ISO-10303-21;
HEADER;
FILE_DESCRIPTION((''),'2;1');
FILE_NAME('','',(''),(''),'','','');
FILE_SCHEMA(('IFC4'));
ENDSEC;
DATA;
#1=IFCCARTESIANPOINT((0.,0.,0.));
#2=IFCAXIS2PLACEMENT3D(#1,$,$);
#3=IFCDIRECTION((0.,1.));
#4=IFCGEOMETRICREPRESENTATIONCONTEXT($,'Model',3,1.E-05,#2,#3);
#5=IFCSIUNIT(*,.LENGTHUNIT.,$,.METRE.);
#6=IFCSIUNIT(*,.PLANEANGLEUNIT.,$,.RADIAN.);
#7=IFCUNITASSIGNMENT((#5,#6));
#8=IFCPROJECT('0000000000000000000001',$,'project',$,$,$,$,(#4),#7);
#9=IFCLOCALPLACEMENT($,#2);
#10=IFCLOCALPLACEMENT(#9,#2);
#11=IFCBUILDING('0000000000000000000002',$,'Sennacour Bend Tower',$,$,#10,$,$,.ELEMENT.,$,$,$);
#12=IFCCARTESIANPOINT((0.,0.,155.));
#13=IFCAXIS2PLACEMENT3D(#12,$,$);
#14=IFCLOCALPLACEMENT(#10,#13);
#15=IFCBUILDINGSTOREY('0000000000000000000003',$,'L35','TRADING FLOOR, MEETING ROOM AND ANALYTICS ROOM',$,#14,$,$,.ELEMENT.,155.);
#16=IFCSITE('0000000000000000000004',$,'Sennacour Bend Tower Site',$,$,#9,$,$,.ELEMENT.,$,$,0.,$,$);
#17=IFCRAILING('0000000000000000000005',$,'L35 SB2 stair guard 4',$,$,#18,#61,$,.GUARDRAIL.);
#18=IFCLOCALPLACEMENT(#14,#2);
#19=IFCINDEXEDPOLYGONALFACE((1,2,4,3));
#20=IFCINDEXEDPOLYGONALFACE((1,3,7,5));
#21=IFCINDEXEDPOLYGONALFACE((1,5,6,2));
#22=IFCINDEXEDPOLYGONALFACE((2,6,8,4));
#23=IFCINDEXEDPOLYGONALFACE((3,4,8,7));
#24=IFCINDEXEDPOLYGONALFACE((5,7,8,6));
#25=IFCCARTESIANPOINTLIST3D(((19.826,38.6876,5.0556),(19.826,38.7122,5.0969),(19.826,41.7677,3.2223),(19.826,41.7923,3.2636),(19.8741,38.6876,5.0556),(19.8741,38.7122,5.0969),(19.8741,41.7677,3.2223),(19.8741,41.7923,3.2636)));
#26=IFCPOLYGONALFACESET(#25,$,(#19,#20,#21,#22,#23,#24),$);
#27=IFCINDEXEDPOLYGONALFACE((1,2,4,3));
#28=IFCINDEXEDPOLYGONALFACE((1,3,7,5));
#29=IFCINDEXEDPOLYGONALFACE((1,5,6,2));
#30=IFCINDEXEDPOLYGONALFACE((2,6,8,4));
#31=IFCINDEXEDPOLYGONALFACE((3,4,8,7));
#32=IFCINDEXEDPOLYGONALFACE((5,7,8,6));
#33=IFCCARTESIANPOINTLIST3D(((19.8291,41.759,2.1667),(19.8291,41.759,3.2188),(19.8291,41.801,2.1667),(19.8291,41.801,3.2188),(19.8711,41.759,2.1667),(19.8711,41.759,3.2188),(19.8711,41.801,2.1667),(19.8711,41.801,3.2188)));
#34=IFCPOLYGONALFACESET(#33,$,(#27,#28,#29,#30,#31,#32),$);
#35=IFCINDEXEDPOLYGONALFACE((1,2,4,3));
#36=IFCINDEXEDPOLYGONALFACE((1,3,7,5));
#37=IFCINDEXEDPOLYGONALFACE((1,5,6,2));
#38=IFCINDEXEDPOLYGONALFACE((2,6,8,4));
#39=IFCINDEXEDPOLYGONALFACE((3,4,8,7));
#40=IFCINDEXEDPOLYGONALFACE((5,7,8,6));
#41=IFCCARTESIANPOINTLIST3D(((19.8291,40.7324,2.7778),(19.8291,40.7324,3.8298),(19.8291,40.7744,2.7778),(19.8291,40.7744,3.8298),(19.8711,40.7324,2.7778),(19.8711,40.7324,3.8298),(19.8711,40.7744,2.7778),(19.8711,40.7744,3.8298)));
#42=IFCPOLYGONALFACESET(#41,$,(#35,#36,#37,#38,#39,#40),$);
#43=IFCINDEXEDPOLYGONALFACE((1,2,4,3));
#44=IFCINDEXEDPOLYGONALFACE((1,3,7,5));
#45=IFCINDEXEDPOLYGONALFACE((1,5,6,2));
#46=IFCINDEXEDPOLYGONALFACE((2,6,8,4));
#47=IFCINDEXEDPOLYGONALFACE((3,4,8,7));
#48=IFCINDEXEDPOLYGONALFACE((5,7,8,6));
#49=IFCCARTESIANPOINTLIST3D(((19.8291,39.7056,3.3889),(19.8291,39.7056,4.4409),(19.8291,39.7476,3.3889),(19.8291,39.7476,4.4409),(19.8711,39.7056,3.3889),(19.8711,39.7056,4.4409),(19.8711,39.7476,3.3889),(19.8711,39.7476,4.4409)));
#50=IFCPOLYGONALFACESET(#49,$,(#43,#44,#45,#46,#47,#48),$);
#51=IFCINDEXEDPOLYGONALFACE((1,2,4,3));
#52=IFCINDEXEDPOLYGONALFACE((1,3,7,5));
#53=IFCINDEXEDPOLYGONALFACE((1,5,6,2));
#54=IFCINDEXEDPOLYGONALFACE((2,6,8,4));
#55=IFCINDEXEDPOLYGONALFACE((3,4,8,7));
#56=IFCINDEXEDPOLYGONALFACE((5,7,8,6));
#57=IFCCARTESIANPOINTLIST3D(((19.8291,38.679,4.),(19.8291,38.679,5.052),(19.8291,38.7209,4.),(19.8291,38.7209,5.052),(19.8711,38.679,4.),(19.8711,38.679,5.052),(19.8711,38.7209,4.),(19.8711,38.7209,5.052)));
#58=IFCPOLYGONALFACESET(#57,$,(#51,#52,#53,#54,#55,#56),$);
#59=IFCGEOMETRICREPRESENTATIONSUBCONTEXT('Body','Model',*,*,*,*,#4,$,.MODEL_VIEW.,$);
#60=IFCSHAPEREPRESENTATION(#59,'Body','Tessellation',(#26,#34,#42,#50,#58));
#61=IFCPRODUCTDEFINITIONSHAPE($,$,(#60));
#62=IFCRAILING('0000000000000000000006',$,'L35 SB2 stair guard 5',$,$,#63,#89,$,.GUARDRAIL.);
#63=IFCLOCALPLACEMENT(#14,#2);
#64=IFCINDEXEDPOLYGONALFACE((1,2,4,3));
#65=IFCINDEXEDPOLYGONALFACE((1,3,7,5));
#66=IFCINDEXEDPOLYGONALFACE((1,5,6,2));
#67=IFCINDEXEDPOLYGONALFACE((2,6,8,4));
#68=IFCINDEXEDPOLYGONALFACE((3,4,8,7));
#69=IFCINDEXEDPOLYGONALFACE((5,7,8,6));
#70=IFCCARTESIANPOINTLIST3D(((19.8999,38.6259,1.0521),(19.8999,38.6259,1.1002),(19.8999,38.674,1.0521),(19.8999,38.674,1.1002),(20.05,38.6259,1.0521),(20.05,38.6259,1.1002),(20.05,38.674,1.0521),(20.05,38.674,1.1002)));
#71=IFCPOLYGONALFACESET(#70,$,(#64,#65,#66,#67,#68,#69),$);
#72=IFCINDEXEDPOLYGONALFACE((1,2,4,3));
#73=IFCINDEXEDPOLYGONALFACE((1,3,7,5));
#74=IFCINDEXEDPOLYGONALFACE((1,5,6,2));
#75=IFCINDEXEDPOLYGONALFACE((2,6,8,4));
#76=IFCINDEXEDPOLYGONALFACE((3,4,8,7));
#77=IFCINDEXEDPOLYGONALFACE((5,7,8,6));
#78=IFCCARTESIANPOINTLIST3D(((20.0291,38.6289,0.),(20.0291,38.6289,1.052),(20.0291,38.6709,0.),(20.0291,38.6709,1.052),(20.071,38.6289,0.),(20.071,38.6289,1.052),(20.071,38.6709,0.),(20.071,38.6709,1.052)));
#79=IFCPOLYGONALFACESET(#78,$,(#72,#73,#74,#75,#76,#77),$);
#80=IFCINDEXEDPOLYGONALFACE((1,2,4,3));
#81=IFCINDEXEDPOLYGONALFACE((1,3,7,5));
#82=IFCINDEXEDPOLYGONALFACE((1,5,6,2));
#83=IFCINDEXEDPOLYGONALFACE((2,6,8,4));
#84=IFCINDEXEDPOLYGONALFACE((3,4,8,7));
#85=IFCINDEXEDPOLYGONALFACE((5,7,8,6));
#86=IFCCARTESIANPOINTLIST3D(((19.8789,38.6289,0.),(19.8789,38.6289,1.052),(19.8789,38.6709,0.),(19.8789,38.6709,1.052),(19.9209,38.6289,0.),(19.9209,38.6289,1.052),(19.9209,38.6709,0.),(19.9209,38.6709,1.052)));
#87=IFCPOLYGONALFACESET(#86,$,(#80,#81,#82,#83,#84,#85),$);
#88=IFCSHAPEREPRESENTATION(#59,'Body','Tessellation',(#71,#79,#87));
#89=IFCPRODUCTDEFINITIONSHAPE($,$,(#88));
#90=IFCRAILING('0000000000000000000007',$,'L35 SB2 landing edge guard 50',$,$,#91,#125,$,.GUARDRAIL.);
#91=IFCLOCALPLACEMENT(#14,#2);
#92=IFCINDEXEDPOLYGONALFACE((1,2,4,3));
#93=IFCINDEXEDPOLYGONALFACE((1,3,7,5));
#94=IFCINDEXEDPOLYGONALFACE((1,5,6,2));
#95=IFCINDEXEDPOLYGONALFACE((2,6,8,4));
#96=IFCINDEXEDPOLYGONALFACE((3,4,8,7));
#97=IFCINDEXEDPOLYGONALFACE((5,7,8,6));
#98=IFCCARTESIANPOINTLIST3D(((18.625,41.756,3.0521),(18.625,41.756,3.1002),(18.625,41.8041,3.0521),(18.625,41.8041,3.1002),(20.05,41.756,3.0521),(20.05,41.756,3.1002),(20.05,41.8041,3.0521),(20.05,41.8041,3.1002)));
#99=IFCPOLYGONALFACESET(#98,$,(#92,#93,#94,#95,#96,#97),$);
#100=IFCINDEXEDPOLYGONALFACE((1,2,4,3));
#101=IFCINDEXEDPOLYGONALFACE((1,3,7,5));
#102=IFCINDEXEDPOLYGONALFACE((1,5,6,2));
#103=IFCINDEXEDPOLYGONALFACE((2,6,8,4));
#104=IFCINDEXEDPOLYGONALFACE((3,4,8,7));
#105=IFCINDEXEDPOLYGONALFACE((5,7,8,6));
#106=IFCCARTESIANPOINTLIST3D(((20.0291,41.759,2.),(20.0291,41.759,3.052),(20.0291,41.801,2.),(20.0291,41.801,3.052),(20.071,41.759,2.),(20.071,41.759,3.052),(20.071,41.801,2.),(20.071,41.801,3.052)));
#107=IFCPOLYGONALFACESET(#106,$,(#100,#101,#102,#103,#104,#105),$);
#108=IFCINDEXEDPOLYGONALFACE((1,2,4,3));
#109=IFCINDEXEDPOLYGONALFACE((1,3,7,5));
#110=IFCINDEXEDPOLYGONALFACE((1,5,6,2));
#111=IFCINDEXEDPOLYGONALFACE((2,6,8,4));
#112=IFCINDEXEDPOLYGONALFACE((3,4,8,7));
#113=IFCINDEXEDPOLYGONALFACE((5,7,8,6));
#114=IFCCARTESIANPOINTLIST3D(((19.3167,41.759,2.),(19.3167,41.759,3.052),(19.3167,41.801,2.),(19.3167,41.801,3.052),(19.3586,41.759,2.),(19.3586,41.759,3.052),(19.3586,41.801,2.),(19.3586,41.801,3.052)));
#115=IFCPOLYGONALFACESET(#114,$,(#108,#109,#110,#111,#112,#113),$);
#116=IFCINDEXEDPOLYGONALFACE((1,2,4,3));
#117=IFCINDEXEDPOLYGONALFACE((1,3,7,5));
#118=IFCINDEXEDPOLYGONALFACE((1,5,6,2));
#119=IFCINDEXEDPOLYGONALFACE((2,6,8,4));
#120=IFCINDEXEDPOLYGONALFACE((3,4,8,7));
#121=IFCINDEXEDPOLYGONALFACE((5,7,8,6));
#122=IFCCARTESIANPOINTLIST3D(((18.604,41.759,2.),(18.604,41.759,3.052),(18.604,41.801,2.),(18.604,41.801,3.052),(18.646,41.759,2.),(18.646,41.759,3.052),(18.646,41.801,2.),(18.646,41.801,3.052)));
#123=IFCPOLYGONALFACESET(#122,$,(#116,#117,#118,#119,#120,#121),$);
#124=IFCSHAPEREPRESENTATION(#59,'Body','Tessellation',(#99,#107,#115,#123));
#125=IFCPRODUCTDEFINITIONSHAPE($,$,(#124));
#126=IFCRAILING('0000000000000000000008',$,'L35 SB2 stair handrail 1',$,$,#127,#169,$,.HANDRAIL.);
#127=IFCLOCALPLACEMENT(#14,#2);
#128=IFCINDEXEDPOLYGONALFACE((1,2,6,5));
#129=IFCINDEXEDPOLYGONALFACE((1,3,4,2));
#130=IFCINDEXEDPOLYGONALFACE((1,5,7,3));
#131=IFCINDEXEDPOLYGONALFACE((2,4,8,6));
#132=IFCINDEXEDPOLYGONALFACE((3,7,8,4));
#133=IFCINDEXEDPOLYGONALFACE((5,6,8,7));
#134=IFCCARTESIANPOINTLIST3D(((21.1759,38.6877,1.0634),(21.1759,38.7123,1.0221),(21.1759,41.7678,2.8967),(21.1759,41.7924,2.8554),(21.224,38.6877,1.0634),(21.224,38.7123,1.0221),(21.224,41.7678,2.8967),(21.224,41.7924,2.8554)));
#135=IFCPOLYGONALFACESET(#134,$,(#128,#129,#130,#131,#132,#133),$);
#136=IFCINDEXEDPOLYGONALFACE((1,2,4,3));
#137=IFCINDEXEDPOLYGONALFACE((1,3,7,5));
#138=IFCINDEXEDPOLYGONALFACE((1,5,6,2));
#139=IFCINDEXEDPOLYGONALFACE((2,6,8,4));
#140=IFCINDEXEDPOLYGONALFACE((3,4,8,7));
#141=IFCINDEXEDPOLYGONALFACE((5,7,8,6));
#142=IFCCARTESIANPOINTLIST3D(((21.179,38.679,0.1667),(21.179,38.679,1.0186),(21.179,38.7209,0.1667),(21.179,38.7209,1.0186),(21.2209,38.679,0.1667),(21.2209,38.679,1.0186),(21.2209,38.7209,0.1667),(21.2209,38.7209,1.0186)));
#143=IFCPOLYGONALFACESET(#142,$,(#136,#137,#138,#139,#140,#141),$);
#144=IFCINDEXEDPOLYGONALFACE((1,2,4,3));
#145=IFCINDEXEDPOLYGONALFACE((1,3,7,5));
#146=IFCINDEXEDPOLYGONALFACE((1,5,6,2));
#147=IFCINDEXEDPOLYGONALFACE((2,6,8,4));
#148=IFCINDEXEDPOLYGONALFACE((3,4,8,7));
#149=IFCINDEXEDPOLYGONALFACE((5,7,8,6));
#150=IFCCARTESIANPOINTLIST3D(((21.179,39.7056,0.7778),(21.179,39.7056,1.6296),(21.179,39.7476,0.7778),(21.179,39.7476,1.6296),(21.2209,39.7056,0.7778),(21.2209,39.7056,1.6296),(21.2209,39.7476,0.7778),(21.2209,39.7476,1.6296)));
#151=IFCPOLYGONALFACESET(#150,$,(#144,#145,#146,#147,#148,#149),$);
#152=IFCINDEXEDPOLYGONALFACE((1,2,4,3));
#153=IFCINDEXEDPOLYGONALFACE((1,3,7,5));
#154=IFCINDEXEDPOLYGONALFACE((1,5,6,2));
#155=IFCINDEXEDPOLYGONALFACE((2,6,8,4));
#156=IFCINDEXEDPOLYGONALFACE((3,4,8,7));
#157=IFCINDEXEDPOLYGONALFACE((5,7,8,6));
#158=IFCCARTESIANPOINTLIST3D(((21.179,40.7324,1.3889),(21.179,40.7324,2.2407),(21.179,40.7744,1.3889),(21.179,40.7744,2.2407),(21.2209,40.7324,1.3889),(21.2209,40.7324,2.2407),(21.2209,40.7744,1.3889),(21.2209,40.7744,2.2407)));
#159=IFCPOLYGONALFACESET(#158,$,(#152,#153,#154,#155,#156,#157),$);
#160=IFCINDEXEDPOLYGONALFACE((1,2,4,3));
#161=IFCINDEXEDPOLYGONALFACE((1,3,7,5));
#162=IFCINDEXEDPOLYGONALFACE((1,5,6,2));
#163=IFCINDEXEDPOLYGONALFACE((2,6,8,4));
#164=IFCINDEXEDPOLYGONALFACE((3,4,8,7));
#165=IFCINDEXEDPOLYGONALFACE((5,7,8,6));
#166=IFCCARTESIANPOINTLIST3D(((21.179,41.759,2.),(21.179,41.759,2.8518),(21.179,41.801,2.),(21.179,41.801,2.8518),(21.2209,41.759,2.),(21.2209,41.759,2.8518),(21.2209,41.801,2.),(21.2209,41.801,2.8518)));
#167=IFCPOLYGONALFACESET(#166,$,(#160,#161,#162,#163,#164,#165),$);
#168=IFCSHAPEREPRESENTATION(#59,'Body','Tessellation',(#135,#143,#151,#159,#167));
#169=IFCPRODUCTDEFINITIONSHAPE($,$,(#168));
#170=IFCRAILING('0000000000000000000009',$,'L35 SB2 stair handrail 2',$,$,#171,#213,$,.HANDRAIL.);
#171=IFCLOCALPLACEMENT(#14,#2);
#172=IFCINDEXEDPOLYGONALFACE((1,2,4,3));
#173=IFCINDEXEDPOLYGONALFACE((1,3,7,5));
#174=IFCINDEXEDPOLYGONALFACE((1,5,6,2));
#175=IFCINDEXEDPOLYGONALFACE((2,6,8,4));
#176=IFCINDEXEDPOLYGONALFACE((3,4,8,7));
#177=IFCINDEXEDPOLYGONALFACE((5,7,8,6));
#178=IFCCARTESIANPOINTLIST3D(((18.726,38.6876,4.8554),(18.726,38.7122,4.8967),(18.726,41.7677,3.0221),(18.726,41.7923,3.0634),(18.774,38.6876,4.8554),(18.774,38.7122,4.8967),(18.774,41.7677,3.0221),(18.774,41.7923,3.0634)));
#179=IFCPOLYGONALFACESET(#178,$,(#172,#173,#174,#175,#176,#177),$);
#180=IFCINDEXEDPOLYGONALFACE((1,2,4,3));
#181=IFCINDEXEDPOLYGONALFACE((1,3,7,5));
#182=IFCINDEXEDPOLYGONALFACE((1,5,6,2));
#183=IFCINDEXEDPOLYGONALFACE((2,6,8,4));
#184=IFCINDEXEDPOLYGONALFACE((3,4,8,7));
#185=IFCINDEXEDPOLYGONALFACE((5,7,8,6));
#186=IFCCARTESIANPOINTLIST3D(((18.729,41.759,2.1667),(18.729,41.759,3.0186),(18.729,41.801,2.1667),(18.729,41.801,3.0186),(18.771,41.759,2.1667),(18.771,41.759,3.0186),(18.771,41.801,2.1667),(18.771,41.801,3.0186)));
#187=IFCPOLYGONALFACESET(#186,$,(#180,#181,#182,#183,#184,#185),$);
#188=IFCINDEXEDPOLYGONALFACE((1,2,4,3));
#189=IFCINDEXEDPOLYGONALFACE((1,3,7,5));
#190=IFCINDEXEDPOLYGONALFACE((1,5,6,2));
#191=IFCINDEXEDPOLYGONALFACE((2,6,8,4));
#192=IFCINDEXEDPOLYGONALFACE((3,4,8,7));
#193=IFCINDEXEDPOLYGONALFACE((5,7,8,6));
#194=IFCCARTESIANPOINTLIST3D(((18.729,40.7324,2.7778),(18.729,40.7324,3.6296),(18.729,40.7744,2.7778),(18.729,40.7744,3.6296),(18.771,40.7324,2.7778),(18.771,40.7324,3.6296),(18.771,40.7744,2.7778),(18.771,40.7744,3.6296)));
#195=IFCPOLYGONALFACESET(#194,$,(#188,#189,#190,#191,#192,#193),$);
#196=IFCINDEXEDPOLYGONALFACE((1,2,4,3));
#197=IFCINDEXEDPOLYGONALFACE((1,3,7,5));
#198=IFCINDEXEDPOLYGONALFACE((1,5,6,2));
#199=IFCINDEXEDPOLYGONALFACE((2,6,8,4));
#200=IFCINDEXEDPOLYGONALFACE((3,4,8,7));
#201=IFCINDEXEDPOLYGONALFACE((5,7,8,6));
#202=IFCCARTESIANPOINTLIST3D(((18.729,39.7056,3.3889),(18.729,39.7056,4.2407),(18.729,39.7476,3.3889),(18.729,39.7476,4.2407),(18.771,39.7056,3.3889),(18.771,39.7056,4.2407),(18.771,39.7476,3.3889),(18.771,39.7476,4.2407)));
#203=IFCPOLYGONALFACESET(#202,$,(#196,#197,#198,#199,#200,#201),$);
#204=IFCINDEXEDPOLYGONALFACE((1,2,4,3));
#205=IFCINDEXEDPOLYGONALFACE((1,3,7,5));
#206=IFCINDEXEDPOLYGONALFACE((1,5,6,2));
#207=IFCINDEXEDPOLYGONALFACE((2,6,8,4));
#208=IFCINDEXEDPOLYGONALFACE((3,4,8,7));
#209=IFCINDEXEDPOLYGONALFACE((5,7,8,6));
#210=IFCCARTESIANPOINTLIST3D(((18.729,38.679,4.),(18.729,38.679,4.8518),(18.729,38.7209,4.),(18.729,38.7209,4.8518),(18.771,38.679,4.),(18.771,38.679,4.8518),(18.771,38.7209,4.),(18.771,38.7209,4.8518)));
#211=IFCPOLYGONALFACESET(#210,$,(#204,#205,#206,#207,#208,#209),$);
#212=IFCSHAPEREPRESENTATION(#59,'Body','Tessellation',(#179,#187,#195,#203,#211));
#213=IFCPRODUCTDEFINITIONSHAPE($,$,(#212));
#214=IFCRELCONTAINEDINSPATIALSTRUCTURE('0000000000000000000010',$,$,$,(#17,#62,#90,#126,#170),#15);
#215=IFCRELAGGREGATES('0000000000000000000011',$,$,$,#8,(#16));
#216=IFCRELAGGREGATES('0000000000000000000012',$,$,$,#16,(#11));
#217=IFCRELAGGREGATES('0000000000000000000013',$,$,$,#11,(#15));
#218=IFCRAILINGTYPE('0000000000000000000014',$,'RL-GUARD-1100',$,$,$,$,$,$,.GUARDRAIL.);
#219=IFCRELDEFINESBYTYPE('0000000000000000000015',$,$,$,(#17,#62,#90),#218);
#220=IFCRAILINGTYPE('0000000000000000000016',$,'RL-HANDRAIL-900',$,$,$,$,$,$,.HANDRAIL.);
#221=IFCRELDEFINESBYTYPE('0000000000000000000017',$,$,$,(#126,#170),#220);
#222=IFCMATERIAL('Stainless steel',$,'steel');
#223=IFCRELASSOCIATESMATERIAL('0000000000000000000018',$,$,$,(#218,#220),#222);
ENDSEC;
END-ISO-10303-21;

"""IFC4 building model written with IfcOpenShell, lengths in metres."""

from ifc_helpers import new_model, si_unit, direction, frame, origin, origin_2d, place, context, subcontext, project, spatial, rectangle, extrude, material, type_object, element, save


model = new_model("IFC4")

# Units and contexts
model_context = context("Model", 3, precision=1e-05, world=origin(), true_north=direction((0.0, 1.0)))
body_context = subcontext(model_context, "Body", "Model", "MODEL_VIEW")
ifc_project = project(units=[si_unit("LENGTHUNIT", "METRE"), si_unit("PLANEANGLEUNIT", "RADIAN")], contexts=[model_context])

# Site, building, storey
site_placement = place(None, origin())
site = spatial("IfcSite", under=ifc_project, at=site_placement, Name="Sennacour Bend Tower Site", CompositionType="ELEMENT", RefElevation=0.0)
building_placement = place(site_placement, origin())
building = spatial("IfcBuilding", under=site, at=building_placement, Name="Sennacour Bend Tower", CompositionType="ELEMENT")
storey_placement = place(building_placement, frame((0.0, 0.0, 155.0)))
storey = spatial("IfcBuildingStorey", under=building, at=storey_placement, Name="L35", Description="TRADING FLOOR, MEETING ROOM AND ANALYTICS ROOM", CompositionType="ELEMENT", Elevation=155.0)

# Shared definitions
ifc_material_1 = material(Name="Stainless steel", Category="steel")

# Railings
railing_type_1 = type_object("IfcRailingType", Name="RL-GUARD-1100", PredefinedType="GUARDRAIL", material=ifc_material_1)
railing_1_placement = place(storey_placement, frame((19.8501, 41.78, 2.1667)))
element("IfcRailing", 1, at=railing_1_placement, inside=storey, type_object=railing_type_1, Name="L35 SB2 stair guard 4", PredefinedType="GUARDRAIL", context=body_context, shape_type="SweptSolid", body=[
    extrude(rectangle(XDim=0.0481, YDim=0.0481, at=origin_2d()), frame((0.0, 0.0, 1.0762), z_axis=(0.0, -0.859309, 0.511458), x_axis=(1.0, 0.0, 0.0)), (0.0, 0.0, 1.0), 3.5845),
    extrude(rectangle(XDim=0.042, YDim=0.042, at=origin_2d()), origin(), (0.0, 0.0, 1.0), 1.052),
    extrude(rectangle(XDim=0.042, YDim=0.042, at=origin_2d()), frame((0.0, -1.0266, 0.6111)), (0.0, 0.0, 1.0), 1.052),
    extrude(rectangle(XDim=0.042, YDim=0.042, at=origin_2d()), frame((0.0, -2.0535, 1.2222)), (0.0, 0.0, 1.0), 1.052),
    extrude(rectangle(XDim=0.042, YDim=0.042, at=origin_2d()), frame((0.0, -3.0801, 1.8333)), (0.0, 0.0, 1.0), 1.052),
])
railing_2_placement = place(storey_placement, frame((20.05, 38.6499, 0.0)))
element("IfcRailing", 2, at=railing_2_placement, inside=storey, type_object=railing_type_1, Name="L35 SB2 stair guard 5", PredefinedType="GUARDRAIL", context=body_context, shape_type="SweptSolid", body=[
    extrude(rectangle(XDim=0.0481, YDim=0.0481, at=origin_2d()), frame((0.0, 0.0, 1.0762), z_axis=(-1.0, 0.0, 0.0), x_axis=(0.0, -1.0, 0.0)), (0.0, 0.0, 1.0), 0.1501),
    extrude(rectangle(XDim=0.042, YDim=0.042, at=origin_2d()), origin(), (0.0, 0.0, 1.0), 1.052),
    extrude(rectangle(XDim=0.042, YDim=0.042, at=origin_2d()), frame((-0.1501, 0.0, 0.0)), (0.0, 0.0, 1.0), 1.052),
])
railing_3_placement = place(storey_placement, frame((20.05, 41.78, 2.0)))
element("IfcRailing", 3, at=railing_3_placement, inside=storey, type_object=railing_type_1, Name="L35 SB2 landing edge guard 50", PredefinedType="GUARDRAIL", context=body_context, shape_type="SweptSolid", body=[
    extrude(rectangle(XDim=0.0481, YDim=0.0481, at=origin_2d()), frame((0.0, 0.0, 1.0762), z_axis=(-1.0, 0.0, 0.0), x_axis=(0.0, -1.0, 0.0)), (0.0, 0.0, 1.0), 1.425),
    extrude(rectangle(XDim=0.042, YDim=0.042, at=origin_2d()), origin(), (0.0, 0.0, 1.0), 1.052),
    extrude(rectangle(XDim=0.042, YDim=0.042, at=origin_2d()), frame((-0.7124, 0.0, 0.0)), (0.0, 0.0, 1.0), 1.052),
    extrude(rectangle(XDim=0.042, YDim=0.042, at=origin_2d()), frame((-1.425, 0.0, 0.0)), (0.0, 0.0, 1.0), 1.052),
])
railing_type_2 = type_object("IfcRailingType", Name="RL-HANDRAIL-900", PredefinedType="HANDRAIL", material=ifc_material_1)
railing_4_placement = place(storey_placement, frame((21.2, 38.7, 0.1667)))
element("IfcRailing", 4, at=railing_4_placement, inside=storey, type_object=railing_type_2, Name="L35 SB2 stair handrail 1", PredefinedType="HANDRAIL", context=body_context, shape_type="SweptSolid", body=[
    extrude(rectangle(XDim=0.0481, YDim=0.0481, at=origin_2d()), frame((0.0, 0.0, 0.876), z_axis=(0.0, 0.859309, 0.511458), x_axis=(-1.0, 0.0, 0.0)), (0.0, 0.0, 1.0), 3.5845),
    extrude(rectangle(XDim=0.042, YDim=0.042, at=origin_2d()), origin(), (0.0, 0.0, 1.0), 0.8518),
    extrude(rectangle(XDim=0.042, YDim=0.042, at=origin_2d()), frame((0.0, 1.0266, 0.6111)), (0.0, 0.0, 1.0), 0.8518),
    extrude(rectangle(XDim=0.042, YDim=0.042, at=origin_2d()), frame((0.0, 2.0535, 1.2222)), (0.0, 0.0, 1.0), 0.8518),
    extrude(rectangle(XDim=0.042, YDim=0.042, at=origin_2d()), frame((0.0, 3.0801, 1.8333)), (0.0, 0.0, 1.0), 0.8518),
])
railing_5_placement = place(storey_placement, frame((18.75, 41.78, 2.1667)))
element("IfcRailing", 5, at=railing_5_placement, inside=storey, type_object=railing_type_2, Name="L35 SB2 stair handrail 2", PredefinedType="HANDRAIL", context=body_context, shape_type="SweptSolid", body=[
    extrude(rectangle(XDim=0.0481, YDim=0.0481, at=origin_2d()), frame((0.0, 0.0, 0.876), z_axis=(0.0, -0.859309, 0.511458), x_axis=(1.0, 0.0, 0.0)), (0.0, 0.0, 1.0), 3.5845),
    extrude(rectangle(XDim=0.042, YDim=0.042, at=origin_2d()), origin(), (0.0, 0.0, 1.0), 0.8518),
    extrude(rectangle(XDim=0.042, YDim=0.042, at=origin_2d()), frame((0.0, -1.0266, 0.6111)), (0.0, 0.0, 1.0), 0.8518),
    extrude(rectangle(XDim=0.042, YDim=0.042, at=origin_2d()), frame((0.0, -2.0535, 1.2222)), (0.0, 0.0, 1.0), 0.8518),
    extrude(rectangle(XDim=0.042, YDim=0.042, at=origin_2d()), frame((0.0, -3.0801, 1.8333)), (0.0, 0.0, 1.0), 0.8518),
])

save(model, "model.ifc")
